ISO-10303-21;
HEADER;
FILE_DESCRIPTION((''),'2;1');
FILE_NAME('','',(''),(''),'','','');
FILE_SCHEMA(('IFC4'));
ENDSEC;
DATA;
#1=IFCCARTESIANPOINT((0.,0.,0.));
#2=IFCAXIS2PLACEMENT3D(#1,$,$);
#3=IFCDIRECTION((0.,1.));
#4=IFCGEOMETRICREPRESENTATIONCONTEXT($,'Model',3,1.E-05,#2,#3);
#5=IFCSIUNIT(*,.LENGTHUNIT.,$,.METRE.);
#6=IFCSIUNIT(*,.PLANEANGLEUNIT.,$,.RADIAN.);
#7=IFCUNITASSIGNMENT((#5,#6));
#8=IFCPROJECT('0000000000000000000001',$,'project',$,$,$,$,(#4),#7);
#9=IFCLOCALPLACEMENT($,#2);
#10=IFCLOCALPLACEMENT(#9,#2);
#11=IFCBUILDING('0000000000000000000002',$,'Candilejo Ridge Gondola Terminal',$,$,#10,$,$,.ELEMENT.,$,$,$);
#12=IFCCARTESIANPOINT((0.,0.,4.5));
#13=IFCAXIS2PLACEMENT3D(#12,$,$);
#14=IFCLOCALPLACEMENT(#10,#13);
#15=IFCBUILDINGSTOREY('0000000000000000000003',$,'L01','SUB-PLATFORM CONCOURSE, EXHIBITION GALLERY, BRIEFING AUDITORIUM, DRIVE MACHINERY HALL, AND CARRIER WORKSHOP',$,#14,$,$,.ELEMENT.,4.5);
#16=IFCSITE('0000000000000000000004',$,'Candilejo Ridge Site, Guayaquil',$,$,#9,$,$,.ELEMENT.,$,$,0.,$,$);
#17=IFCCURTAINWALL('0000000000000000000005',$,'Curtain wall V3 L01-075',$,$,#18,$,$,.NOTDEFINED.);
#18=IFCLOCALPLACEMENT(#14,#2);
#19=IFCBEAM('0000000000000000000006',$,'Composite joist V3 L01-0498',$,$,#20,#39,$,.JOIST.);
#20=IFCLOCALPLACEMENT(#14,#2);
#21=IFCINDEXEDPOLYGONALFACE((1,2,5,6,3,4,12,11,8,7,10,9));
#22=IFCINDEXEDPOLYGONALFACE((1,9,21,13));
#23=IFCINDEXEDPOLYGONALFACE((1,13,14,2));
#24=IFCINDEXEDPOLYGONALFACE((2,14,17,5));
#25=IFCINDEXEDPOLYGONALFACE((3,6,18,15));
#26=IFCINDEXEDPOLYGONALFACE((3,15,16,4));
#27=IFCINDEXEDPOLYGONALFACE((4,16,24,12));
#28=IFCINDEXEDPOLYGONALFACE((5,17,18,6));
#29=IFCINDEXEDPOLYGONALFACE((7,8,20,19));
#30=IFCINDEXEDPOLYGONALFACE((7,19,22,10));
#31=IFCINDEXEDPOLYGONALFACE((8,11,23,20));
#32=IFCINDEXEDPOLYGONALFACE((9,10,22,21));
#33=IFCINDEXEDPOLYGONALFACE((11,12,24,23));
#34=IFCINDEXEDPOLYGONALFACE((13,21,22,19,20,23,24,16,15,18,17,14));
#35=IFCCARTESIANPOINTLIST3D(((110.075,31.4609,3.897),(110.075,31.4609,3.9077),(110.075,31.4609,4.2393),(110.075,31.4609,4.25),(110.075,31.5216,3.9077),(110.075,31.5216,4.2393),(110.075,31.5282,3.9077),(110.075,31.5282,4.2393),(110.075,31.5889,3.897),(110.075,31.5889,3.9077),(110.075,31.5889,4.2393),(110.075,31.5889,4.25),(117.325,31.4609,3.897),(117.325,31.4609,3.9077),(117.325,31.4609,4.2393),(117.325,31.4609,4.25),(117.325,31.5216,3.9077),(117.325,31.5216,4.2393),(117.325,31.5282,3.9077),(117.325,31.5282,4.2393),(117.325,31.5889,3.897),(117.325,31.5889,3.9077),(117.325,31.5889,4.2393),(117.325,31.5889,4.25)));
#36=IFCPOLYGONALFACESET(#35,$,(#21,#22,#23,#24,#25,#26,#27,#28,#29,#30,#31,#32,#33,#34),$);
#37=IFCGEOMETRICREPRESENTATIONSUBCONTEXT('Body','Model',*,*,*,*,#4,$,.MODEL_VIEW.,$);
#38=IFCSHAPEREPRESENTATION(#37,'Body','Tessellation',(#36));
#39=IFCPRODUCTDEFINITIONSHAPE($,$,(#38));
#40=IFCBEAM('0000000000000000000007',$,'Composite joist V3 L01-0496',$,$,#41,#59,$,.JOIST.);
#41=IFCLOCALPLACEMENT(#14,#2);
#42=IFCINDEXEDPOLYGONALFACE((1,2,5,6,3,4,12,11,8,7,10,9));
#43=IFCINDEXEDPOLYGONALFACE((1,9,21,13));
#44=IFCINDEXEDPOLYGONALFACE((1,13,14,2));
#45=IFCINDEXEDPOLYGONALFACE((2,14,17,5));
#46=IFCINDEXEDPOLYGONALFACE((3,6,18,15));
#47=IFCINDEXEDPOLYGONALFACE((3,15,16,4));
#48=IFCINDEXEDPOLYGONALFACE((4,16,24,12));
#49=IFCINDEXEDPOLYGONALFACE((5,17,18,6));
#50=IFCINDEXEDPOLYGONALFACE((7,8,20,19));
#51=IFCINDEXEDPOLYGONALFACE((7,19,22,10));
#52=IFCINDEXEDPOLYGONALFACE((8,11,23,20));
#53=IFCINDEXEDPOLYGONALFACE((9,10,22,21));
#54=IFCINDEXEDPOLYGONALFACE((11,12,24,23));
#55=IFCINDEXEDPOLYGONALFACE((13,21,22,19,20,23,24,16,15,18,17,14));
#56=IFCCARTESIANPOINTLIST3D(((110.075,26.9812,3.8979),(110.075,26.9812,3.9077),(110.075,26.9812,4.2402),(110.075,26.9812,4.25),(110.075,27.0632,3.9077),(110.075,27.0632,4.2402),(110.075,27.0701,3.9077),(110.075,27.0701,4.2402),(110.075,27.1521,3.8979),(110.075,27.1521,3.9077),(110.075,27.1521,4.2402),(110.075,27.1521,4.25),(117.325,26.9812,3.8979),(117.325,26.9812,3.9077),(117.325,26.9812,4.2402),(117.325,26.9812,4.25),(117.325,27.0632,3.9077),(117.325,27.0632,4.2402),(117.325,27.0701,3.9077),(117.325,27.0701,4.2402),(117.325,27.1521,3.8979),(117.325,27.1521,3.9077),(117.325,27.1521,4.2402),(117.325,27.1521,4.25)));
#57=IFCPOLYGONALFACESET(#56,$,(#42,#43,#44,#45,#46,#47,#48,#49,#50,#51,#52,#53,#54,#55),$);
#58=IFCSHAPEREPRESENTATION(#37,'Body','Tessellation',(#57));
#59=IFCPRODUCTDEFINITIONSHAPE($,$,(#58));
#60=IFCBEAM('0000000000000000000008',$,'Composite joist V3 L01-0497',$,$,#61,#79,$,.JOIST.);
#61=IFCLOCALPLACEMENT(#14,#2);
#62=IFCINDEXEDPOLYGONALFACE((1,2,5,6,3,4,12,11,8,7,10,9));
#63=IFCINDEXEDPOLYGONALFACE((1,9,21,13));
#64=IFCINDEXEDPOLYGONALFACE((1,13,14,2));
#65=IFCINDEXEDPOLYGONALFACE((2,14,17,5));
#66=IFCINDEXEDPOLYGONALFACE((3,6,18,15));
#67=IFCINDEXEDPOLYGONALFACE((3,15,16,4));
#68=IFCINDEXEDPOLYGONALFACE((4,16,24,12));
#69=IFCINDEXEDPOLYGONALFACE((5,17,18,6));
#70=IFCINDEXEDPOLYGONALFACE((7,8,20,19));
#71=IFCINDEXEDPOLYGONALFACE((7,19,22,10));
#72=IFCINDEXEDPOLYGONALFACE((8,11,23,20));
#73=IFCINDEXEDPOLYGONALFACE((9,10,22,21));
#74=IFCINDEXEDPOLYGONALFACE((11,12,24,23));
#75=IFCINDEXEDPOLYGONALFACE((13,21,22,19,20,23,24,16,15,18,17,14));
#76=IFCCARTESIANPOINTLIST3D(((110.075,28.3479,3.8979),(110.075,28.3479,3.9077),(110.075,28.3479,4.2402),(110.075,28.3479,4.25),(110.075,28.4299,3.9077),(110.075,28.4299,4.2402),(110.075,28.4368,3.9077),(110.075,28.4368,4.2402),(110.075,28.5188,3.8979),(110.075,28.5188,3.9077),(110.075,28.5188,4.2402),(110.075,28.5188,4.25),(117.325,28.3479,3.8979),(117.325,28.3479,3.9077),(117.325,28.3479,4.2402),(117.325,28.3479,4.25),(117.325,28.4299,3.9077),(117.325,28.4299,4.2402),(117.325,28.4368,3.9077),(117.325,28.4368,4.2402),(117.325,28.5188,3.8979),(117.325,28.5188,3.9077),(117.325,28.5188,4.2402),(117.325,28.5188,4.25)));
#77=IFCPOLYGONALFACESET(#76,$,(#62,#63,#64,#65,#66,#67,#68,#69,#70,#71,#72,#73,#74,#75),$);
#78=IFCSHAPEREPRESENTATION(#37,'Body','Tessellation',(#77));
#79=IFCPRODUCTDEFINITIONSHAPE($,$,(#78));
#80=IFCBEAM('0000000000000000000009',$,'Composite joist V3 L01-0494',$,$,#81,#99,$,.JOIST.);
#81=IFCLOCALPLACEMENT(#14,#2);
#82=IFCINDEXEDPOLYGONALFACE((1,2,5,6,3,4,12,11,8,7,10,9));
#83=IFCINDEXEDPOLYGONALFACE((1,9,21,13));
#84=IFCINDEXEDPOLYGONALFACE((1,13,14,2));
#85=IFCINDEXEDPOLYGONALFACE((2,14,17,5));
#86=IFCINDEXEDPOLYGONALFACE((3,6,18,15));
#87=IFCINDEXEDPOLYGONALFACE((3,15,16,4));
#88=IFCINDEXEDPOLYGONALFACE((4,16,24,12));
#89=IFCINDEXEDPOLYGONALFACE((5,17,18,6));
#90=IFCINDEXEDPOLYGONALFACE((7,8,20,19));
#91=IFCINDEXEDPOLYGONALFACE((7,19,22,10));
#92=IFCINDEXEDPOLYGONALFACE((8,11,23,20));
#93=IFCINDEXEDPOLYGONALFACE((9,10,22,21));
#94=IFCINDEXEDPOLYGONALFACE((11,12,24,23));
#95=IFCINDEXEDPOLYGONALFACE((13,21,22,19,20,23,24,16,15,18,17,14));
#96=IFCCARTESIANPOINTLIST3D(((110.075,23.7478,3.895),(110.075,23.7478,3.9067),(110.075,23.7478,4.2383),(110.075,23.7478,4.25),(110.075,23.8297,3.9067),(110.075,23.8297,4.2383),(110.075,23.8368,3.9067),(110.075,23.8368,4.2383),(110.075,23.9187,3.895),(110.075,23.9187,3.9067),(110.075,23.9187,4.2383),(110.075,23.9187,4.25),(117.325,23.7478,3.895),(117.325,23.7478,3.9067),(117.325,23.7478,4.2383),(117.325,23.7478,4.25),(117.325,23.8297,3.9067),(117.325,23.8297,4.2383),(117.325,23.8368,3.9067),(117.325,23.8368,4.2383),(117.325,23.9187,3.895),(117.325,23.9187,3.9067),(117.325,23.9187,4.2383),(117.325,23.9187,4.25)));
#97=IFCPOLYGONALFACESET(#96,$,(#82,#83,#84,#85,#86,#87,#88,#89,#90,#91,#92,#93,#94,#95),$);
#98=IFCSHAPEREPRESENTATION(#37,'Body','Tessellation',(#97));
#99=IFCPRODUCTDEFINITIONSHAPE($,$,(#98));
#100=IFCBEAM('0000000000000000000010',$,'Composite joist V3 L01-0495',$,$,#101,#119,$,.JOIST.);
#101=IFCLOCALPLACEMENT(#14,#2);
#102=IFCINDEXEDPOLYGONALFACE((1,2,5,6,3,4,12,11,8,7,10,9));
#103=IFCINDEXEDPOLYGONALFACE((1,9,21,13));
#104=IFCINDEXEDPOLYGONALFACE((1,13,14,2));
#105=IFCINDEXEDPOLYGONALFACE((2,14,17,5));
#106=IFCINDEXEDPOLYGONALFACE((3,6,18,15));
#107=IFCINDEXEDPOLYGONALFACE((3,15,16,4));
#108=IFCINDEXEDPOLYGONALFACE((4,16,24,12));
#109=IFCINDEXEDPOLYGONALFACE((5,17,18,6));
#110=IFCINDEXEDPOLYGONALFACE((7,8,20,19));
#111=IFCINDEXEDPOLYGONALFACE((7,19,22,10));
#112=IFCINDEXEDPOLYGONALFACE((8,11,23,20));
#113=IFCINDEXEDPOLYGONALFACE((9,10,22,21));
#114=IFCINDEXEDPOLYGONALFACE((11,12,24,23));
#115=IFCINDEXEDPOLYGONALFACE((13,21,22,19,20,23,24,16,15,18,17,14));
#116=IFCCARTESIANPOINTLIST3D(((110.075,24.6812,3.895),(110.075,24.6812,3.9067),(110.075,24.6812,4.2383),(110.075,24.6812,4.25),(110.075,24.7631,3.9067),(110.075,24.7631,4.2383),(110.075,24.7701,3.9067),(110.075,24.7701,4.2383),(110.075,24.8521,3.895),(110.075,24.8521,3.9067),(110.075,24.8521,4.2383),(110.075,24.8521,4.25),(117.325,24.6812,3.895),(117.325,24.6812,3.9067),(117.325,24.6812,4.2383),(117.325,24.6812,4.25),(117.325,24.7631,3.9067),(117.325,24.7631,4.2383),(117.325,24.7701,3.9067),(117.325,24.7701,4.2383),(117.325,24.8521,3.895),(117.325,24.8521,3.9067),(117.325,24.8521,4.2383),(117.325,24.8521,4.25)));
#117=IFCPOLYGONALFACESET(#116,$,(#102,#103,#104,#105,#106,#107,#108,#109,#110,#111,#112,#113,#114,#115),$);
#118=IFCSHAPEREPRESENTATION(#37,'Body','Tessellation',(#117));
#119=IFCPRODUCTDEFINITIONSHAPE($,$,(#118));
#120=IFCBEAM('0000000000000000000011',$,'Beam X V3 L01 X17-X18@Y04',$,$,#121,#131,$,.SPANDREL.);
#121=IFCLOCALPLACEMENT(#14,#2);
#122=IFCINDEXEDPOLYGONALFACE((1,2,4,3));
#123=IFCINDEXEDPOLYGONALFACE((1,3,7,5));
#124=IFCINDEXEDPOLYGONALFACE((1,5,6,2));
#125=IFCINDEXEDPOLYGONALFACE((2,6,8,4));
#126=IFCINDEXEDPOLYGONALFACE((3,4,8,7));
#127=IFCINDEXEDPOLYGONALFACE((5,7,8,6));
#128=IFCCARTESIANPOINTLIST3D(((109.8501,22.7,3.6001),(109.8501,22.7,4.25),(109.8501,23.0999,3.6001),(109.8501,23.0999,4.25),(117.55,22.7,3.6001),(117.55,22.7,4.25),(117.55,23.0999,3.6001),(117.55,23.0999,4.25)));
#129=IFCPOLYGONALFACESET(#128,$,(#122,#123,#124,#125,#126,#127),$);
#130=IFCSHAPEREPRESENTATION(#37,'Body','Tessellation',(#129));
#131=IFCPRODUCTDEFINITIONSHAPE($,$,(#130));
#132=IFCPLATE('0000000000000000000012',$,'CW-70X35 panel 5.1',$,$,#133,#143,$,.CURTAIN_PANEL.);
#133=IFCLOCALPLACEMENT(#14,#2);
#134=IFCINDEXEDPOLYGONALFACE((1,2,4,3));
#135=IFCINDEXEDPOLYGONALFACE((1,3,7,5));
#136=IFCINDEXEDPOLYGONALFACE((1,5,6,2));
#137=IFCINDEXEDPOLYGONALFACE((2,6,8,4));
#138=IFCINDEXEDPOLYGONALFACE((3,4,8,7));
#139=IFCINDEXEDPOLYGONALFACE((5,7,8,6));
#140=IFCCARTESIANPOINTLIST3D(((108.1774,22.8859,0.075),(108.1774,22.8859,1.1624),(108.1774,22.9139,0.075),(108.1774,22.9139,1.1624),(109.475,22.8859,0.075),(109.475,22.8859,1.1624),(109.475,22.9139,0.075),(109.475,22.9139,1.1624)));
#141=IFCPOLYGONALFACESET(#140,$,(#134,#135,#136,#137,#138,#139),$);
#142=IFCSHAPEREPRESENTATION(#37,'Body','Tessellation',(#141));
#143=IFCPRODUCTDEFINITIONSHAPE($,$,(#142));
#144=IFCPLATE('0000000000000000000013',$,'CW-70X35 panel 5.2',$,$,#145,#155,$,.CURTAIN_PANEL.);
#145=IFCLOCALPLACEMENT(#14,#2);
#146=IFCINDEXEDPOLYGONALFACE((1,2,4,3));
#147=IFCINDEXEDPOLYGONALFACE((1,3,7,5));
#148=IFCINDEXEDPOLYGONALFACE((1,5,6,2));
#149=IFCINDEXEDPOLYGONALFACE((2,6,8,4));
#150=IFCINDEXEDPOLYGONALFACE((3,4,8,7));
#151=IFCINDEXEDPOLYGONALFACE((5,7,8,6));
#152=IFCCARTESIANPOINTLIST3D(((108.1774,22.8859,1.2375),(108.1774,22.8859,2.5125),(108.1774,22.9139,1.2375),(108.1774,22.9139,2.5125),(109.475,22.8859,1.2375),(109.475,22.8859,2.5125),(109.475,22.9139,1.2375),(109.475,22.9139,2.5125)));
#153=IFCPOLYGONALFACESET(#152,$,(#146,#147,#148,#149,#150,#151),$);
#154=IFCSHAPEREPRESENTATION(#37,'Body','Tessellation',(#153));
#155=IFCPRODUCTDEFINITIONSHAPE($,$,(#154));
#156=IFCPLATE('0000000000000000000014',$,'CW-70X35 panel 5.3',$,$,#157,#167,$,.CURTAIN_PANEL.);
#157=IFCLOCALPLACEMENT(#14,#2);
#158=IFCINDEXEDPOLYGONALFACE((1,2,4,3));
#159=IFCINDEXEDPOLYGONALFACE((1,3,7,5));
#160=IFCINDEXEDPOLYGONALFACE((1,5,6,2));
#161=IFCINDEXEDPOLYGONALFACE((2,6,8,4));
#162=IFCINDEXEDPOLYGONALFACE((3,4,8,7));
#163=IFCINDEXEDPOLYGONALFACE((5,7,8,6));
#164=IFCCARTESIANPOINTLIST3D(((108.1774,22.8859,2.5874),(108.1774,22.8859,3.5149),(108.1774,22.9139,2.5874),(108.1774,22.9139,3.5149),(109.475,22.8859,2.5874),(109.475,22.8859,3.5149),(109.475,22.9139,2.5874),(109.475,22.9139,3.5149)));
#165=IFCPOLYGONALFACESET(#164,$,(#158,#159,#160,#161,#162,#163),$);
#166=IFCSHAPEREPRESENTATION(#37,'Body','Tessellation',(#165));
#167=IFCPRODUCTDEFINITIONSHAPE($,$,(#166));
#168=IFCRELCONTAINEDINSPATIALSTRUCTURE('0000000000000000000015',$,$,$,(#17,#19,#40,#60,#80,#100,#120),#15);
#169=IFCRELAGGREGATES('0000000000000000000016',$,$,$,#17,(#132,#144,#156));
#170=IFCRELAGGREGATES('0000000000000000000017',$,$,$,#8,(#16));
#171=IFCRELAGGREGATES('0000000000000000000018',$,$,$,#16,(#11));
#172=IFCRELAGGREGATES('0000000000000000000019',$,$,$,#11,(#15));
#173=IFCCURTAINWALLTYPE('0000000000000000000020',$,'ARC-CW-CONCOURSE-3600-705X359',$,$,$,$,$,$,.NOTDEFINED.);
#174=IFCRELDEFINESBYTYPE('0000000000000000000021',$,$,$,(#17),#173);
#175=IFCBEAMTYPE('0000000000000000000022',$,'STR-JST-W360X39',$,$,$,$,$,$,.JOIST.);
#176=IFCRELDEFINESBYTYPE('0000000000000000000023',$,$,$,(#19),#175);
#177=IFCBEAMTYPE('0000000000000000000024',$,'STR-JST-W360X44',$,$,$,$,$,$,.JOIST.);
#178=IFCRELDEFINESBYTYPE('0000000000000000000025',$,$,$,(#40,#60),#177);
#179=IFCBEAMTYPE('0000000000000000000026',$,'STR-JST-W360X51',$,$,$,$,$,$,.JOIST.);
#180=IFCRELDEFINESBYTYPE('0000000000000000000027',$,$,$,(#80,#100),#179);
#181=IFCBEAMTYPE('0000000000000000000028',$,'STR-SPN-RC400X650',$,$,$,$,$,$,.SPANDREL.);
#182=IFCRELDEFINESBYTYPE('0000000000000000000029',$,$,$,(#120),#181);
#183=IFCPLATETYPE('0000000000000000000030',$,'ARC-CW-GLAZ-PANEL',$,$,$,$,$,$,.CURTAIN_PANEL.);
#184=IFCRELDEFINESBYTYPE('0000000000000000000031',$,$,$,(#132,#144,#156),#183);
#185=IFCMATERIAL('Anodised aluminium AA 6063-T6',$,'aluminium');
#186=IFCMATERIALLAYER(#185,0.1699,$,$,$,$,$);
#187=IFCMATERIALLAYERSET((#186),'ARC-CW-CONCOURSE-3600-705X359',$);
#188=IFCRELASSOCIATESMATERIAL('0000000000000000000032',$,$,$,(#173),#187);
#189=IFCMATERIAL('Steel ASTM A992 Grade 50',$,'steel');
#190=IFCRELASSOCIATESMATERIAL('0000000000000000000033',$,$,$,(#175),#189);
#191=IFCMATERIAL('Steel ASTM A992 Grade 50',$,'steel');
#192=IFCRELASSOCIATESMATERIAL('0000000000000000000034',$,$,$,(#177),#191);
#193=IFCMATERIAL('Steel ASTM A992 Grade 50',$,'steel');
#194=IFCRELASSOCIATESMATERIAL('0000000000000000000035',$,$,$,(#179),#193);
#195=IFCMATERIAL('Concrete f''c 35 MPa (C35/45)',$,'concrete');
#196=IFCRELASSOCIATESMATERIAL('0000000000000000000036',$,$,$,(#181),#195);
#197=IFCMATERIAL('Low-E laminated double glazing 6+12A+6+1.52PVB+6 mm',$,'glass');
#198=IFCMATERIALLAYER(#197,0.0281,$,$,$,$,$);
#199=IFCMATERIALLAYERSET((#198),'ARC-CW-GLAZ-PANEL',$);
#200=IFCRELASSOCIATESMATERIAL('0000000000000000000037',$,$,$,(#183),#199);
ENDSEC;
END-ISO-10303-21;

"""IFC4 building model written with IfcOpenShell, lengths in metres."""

from ifc_helpers import new_model, si_unit, direction, frame, origin, origin_2d, place, context, subcontext, project, spatial, rectangle, i_section, extrude, material, layer, layer_set, material_profile, profile_set, type_object, element, aggregate, save


model = new_model("IFC4")

# Units and contexts
model_context = context("Model", 3, precision=1e-05, world=origin(), true_north=direction((0.0, 1.0)))
body_context = subcontext(model_context, "Body", "Model", "MODEL_VIEW")
ifc_project = project(units=[si_unit("LENGTHUNIT", "METRE"), si_unit("PLANEANGLEUNIT", "RADIAN")], contexts=[model_context])

# Site, building, storey
site_placement = place(None, origin())
site = spatial("IfcSite", under=ifc_project, at=site_placement, Name="Candilejo Ridge Site, Guayaquil", CompositionType="ELEMENT", RefElevation=0.0)
building_placement = place(site_placement, origin())
building = spatial("IfcBuilding", under=site, at=building_placement, Name="Candilejo Ridge Gondola Terminal", CompositionType="ELEMENT")
storey_placement = place(building_placement, frame((0.0, 0.0, 4.5)))
storey = spatial("IfcBuildingStorey", under=building, at=storey_placement, Name="L01", Description="SUB-PLATFORM CONCOURSE, EXHIBITION GALLERY, BRIEFING AUDITORIUM, DRIVE MACHINERY HALL, AND CARRIER WORKSHOP", CompositionType="ELEMENT", Elevation=4.5)

# Curtain wall
ifc_material_1 = material(Name="Anodised aluminium AA 6063-T6", Category="aluminium")
ifc_layer_1 = layer(ifc_material_1, 0.1699)
ifc_layer_set_1 = layer_set([ifc_layer_1], Name="ARC-CW-CONCOURSE-3600-705X359")
curtain_wall_type = type_object("IfcCurtainWallType", Name="ARC-CW-CONCOURSE-3600-705X359", PredefinedType="NOTDEFINED", material=ifc_layer_set_1)
curtain_wall_placement = place(storey_placement, origin())
curtain_wall = element("IfcCurtainWall", 1, at=curtain_wall_placement, inside=storey, type_object=curtain_wall_type, Name="Curtain wall V3 L01-075", PredefinedType="NOTDEFINED")

# Beams
ifc_material_2 = material(Name="Steel ASTM A992 Grade 50", Category="steel")
ifc_material_profile_1 = material_profile(ifc_material_2, i_section(OverallWidth=0.1279, OverallDepth=0.353, WebThickness=0.0066, FlangeThickness=0.0107, at=origin_2d()))
ifc_profile_set_1 = profile_set([ifc_material_profile_1], Name="Steel ASTM A992 Grade 50")
beam_type_1 = type_object("IfcBeamType", Name="STR-JST-W360X39", PredefinedType="JOIST", material=ifc_profile_set_1)
beam_1_placement = place(storey_placement, frame((110.075, 31.5249, 4.0735), z_axis=(1.0, 0.0, 0.0), x_axis=(0.0, 1.0, 0.0)))
element("IfcBeam", 2, at=beam_1_placement, inside=storey, type_object=beam_type_1, Name="Composite joist V3 L01-0498", PredefinedType="JOIST", context=body_context, shape_type="SweptSolid", body=[
    extrude(i_section(OverallWidth=0.1279, OverallDepth=0.353, WebThickness=0.0066, FlangeThickness=0.0107, at=origin_2d()), origin(), (0.0, 0.0, 1.0), 7.25),
])
ifc_material_3 = material(Name="Steel ASTM A992 Grade 50", Category="steel")
ifc_material_profile_2 = material_profile(ifc_material_3, i_section(OverallWidth=0.1709, OverallDepth=0.3521, WebThickness=0.0068, FlangeThickness=0.0098, at=origin_2d()))
ifc_profile_set_2 = profile_set([ifc_material_profile_2], Name="Steel ASTM A992 Grade 50")
beam_type_2 = type_object("IfcBeamType", Name="STR-JST-W360X44", PredefinedType="JOIST", material=ifc_profile_set_2)
for number, where, z_axis, x_axis, name in (
    (3, (110.075, 27.0667, 4.074), (1.0, 0.0, 0.0), (0.0, 1.0, 0.0), "Composite joist V3 L01-0496"),
    (4, (110.075, 28.4333, 4.074), (1.0, 0.0, 0.0), (0.0, 1.0, 0.0), "Composite joist V3 L01-0497"),
):
    element("IfcBeam", number, at=place(storey_placement, frame(where, z_axis=z_axis, x_axis=x_axis)), inside=storey, type_object=beam_type_2, Name=name, PredefinedType="JOIST", context=body_context, shape_type="SweptSolid", body=[
        extrude(i_section(OverallWidth=0.1709, OverallDepth=0.3521, WebThickness=0.0068, FlangeThickness=0.0098, at=origin_2d()), origin(), (0.0, 0.0, 1.0), 7.25),
    ])
ifc_material_4 = material(Name="Steel ASTM A992 Grade 50", Category="steel")
ifc_material_profile_3 = material_profile(ifc_material_4, i_section(OverallWidth=0.1709, OverallDepth=0.355, WebThickness=0.0071, FlangeThickness=0.0117, at=origin_2d()))
ifc_profile_set_3 = profile_set([ifc_material_profile_3], Name="Steel ASTM A992 Grade 50")
beam_type_3 = type_object("IfcBeamType", Name="STR-JST-W360X51", PredefinedType="JOIST", material=ifc_profile_set_3)
for number, where, z_axis, x_axis, name in (
    (5, (110.075, 23.8333, 4.0725), (1.0, 0.0, 0.0), (0.0, 1.0, 0.0), "Composite joist V3 L01-0494"),
    (6, (110.075, 24.7666, 4.0725), (1.0, 0.0, 0.0), (0.0, 1.0, 0.0), "Composite joist V3 L01-0495"),
):
    element("IfcBeam", number, at=place(storey_placement, frame(where, z_axis=z_axis, x_axis=x_axis)), inside=storey, type_object=beam_type_3, Name=name, PredefinedType="JOIST", context=body_context, shape_type="SweptSolid", body=[
        extrude(i_section(OverallWidth=0.1709, OverallDepth=0.355, WebThickness=0.0071, FlangeThickness=0.0117, at=origin_2d()), origin(), (0.0, 0.0, 1.0), 7.25),
    ])
ifc_material_5 = material(Name="Concrete f'c 35 MPa (C35/45)", Category="concrete")
ifc_material_profile_4 = material_profile(ifc_material_5, rectangle(XDim=0.3999, YDim=0.6499, at=origin_2d()))
ifc_profile_set_4 = profile_set([ifc_material_profile_4], Name="Concrete f'c 35 MPa (C35/45)")
beam_type_4 = type_object("IfcBeamType", Name="STR-SPN-RC400X650", PredefinedType="SPANDREL", material=ifc_profile_set_4)
beam_2_placement = place(storey_placement, frame((109.8501, 22.8999, 3.925), z_axis=(1.0, 0.0, 0.0), x_axis=(0.0, 1.0, 0.0)))
element("IfcBeam", 7, at=beam_2_placement, inside=storey, type_object=beam_type_4, Name="Beam X V3 L01 X17-X18@Y04", PredefinedType="SPANDREL", context=body_context, shape_type="SweptSolid", body=[
    extrude(rectangle(XDim=0.3999, YDim=0.6499, at=origin_2d()), origin(), (0.0, 0.0, 1.0), 7.7),
])

# Plates
ifc_material_6 = material(Name="Low-E laminated double glazing 6+12A+6+1.52PVB+6 mm", Category="glass")
ifc_layer_2 = layer(ifc_material_6, 0.0281)
ifc_layer_set_2 = layer_set([ifc_layer_2], Name="ARC-CW-GLAZ-PANEL")
plate_type = type_object("IfcPlateType", Name="ARC-CW-GLAZ-PANEL", PredefinedType="CURTAIN_PANEL", material=ifc_layer_set_2)
plate_1_placement = place(storey_placement, frame((108.8262, 22.8999, 0.075), z_axis=(0.0, 0.0, 1.0), x_axis=(1.0, 0.0, 0.0)))
plate_1 = element("IfcPlate", 8, at=plate_1_placement, type_object=plate_type, Name="CW-70X35 panel 5.1", PredefinedType="CURTAIN_PANEL", context=body_context, shape_type="SweptSolid", body=[
    extrude(rectangle(XDim=1.2976, YDim=0.0281, at=origin_2d()), origin(), (0.0, 0.0, 1.0), 1.0874),
])
plate_2_placement = place(storey_placement, frame((108.8262, 22.8999, 1.2375), z_axis=(0.0, 0.0, 1.0), x_axis=(1.0, 0.0, 0.0)))
plate_2 = element("IfcPlate", 9, at=plate_2_placement, type_object=plate_type, Name="CW-70X35 panel 5.2", PredefinedType="CURTAIN_PANEL", context=body_context, shape_type="SweptSolid", body=[
    extrude(rectangle(XDim=1.2976, YDim=0.0281, at=origin_2d()), origin(), (0.0, 0.0, 1.0), 1.2749),
])
plate_3_placement = place(storey_placement, frame((108.8262, 22.8999, 2.5874), z_axis=(0.0, 0.0, 1.0), x_axis=(1.0, 0.0, 0.0)))
plate_3 = element("IfcPlate", 10, at=plate_3_placement, type_object=plate_type, Name="CW-70X35 panel 5.3", PredefinedType="CURTAIN_PANEL", context=body_context, shape_type="SweptSolid", body=[
    extrude(rectangle(XDim=1.2976, YDim=0.0281, at=origin_2d()), origin(), (0.0, 0.0, 1.0), 0.9275),
])
aggregate(curtain_wall, [plate_1, plate_2, plate_3])

save(model, "model.ifc")
